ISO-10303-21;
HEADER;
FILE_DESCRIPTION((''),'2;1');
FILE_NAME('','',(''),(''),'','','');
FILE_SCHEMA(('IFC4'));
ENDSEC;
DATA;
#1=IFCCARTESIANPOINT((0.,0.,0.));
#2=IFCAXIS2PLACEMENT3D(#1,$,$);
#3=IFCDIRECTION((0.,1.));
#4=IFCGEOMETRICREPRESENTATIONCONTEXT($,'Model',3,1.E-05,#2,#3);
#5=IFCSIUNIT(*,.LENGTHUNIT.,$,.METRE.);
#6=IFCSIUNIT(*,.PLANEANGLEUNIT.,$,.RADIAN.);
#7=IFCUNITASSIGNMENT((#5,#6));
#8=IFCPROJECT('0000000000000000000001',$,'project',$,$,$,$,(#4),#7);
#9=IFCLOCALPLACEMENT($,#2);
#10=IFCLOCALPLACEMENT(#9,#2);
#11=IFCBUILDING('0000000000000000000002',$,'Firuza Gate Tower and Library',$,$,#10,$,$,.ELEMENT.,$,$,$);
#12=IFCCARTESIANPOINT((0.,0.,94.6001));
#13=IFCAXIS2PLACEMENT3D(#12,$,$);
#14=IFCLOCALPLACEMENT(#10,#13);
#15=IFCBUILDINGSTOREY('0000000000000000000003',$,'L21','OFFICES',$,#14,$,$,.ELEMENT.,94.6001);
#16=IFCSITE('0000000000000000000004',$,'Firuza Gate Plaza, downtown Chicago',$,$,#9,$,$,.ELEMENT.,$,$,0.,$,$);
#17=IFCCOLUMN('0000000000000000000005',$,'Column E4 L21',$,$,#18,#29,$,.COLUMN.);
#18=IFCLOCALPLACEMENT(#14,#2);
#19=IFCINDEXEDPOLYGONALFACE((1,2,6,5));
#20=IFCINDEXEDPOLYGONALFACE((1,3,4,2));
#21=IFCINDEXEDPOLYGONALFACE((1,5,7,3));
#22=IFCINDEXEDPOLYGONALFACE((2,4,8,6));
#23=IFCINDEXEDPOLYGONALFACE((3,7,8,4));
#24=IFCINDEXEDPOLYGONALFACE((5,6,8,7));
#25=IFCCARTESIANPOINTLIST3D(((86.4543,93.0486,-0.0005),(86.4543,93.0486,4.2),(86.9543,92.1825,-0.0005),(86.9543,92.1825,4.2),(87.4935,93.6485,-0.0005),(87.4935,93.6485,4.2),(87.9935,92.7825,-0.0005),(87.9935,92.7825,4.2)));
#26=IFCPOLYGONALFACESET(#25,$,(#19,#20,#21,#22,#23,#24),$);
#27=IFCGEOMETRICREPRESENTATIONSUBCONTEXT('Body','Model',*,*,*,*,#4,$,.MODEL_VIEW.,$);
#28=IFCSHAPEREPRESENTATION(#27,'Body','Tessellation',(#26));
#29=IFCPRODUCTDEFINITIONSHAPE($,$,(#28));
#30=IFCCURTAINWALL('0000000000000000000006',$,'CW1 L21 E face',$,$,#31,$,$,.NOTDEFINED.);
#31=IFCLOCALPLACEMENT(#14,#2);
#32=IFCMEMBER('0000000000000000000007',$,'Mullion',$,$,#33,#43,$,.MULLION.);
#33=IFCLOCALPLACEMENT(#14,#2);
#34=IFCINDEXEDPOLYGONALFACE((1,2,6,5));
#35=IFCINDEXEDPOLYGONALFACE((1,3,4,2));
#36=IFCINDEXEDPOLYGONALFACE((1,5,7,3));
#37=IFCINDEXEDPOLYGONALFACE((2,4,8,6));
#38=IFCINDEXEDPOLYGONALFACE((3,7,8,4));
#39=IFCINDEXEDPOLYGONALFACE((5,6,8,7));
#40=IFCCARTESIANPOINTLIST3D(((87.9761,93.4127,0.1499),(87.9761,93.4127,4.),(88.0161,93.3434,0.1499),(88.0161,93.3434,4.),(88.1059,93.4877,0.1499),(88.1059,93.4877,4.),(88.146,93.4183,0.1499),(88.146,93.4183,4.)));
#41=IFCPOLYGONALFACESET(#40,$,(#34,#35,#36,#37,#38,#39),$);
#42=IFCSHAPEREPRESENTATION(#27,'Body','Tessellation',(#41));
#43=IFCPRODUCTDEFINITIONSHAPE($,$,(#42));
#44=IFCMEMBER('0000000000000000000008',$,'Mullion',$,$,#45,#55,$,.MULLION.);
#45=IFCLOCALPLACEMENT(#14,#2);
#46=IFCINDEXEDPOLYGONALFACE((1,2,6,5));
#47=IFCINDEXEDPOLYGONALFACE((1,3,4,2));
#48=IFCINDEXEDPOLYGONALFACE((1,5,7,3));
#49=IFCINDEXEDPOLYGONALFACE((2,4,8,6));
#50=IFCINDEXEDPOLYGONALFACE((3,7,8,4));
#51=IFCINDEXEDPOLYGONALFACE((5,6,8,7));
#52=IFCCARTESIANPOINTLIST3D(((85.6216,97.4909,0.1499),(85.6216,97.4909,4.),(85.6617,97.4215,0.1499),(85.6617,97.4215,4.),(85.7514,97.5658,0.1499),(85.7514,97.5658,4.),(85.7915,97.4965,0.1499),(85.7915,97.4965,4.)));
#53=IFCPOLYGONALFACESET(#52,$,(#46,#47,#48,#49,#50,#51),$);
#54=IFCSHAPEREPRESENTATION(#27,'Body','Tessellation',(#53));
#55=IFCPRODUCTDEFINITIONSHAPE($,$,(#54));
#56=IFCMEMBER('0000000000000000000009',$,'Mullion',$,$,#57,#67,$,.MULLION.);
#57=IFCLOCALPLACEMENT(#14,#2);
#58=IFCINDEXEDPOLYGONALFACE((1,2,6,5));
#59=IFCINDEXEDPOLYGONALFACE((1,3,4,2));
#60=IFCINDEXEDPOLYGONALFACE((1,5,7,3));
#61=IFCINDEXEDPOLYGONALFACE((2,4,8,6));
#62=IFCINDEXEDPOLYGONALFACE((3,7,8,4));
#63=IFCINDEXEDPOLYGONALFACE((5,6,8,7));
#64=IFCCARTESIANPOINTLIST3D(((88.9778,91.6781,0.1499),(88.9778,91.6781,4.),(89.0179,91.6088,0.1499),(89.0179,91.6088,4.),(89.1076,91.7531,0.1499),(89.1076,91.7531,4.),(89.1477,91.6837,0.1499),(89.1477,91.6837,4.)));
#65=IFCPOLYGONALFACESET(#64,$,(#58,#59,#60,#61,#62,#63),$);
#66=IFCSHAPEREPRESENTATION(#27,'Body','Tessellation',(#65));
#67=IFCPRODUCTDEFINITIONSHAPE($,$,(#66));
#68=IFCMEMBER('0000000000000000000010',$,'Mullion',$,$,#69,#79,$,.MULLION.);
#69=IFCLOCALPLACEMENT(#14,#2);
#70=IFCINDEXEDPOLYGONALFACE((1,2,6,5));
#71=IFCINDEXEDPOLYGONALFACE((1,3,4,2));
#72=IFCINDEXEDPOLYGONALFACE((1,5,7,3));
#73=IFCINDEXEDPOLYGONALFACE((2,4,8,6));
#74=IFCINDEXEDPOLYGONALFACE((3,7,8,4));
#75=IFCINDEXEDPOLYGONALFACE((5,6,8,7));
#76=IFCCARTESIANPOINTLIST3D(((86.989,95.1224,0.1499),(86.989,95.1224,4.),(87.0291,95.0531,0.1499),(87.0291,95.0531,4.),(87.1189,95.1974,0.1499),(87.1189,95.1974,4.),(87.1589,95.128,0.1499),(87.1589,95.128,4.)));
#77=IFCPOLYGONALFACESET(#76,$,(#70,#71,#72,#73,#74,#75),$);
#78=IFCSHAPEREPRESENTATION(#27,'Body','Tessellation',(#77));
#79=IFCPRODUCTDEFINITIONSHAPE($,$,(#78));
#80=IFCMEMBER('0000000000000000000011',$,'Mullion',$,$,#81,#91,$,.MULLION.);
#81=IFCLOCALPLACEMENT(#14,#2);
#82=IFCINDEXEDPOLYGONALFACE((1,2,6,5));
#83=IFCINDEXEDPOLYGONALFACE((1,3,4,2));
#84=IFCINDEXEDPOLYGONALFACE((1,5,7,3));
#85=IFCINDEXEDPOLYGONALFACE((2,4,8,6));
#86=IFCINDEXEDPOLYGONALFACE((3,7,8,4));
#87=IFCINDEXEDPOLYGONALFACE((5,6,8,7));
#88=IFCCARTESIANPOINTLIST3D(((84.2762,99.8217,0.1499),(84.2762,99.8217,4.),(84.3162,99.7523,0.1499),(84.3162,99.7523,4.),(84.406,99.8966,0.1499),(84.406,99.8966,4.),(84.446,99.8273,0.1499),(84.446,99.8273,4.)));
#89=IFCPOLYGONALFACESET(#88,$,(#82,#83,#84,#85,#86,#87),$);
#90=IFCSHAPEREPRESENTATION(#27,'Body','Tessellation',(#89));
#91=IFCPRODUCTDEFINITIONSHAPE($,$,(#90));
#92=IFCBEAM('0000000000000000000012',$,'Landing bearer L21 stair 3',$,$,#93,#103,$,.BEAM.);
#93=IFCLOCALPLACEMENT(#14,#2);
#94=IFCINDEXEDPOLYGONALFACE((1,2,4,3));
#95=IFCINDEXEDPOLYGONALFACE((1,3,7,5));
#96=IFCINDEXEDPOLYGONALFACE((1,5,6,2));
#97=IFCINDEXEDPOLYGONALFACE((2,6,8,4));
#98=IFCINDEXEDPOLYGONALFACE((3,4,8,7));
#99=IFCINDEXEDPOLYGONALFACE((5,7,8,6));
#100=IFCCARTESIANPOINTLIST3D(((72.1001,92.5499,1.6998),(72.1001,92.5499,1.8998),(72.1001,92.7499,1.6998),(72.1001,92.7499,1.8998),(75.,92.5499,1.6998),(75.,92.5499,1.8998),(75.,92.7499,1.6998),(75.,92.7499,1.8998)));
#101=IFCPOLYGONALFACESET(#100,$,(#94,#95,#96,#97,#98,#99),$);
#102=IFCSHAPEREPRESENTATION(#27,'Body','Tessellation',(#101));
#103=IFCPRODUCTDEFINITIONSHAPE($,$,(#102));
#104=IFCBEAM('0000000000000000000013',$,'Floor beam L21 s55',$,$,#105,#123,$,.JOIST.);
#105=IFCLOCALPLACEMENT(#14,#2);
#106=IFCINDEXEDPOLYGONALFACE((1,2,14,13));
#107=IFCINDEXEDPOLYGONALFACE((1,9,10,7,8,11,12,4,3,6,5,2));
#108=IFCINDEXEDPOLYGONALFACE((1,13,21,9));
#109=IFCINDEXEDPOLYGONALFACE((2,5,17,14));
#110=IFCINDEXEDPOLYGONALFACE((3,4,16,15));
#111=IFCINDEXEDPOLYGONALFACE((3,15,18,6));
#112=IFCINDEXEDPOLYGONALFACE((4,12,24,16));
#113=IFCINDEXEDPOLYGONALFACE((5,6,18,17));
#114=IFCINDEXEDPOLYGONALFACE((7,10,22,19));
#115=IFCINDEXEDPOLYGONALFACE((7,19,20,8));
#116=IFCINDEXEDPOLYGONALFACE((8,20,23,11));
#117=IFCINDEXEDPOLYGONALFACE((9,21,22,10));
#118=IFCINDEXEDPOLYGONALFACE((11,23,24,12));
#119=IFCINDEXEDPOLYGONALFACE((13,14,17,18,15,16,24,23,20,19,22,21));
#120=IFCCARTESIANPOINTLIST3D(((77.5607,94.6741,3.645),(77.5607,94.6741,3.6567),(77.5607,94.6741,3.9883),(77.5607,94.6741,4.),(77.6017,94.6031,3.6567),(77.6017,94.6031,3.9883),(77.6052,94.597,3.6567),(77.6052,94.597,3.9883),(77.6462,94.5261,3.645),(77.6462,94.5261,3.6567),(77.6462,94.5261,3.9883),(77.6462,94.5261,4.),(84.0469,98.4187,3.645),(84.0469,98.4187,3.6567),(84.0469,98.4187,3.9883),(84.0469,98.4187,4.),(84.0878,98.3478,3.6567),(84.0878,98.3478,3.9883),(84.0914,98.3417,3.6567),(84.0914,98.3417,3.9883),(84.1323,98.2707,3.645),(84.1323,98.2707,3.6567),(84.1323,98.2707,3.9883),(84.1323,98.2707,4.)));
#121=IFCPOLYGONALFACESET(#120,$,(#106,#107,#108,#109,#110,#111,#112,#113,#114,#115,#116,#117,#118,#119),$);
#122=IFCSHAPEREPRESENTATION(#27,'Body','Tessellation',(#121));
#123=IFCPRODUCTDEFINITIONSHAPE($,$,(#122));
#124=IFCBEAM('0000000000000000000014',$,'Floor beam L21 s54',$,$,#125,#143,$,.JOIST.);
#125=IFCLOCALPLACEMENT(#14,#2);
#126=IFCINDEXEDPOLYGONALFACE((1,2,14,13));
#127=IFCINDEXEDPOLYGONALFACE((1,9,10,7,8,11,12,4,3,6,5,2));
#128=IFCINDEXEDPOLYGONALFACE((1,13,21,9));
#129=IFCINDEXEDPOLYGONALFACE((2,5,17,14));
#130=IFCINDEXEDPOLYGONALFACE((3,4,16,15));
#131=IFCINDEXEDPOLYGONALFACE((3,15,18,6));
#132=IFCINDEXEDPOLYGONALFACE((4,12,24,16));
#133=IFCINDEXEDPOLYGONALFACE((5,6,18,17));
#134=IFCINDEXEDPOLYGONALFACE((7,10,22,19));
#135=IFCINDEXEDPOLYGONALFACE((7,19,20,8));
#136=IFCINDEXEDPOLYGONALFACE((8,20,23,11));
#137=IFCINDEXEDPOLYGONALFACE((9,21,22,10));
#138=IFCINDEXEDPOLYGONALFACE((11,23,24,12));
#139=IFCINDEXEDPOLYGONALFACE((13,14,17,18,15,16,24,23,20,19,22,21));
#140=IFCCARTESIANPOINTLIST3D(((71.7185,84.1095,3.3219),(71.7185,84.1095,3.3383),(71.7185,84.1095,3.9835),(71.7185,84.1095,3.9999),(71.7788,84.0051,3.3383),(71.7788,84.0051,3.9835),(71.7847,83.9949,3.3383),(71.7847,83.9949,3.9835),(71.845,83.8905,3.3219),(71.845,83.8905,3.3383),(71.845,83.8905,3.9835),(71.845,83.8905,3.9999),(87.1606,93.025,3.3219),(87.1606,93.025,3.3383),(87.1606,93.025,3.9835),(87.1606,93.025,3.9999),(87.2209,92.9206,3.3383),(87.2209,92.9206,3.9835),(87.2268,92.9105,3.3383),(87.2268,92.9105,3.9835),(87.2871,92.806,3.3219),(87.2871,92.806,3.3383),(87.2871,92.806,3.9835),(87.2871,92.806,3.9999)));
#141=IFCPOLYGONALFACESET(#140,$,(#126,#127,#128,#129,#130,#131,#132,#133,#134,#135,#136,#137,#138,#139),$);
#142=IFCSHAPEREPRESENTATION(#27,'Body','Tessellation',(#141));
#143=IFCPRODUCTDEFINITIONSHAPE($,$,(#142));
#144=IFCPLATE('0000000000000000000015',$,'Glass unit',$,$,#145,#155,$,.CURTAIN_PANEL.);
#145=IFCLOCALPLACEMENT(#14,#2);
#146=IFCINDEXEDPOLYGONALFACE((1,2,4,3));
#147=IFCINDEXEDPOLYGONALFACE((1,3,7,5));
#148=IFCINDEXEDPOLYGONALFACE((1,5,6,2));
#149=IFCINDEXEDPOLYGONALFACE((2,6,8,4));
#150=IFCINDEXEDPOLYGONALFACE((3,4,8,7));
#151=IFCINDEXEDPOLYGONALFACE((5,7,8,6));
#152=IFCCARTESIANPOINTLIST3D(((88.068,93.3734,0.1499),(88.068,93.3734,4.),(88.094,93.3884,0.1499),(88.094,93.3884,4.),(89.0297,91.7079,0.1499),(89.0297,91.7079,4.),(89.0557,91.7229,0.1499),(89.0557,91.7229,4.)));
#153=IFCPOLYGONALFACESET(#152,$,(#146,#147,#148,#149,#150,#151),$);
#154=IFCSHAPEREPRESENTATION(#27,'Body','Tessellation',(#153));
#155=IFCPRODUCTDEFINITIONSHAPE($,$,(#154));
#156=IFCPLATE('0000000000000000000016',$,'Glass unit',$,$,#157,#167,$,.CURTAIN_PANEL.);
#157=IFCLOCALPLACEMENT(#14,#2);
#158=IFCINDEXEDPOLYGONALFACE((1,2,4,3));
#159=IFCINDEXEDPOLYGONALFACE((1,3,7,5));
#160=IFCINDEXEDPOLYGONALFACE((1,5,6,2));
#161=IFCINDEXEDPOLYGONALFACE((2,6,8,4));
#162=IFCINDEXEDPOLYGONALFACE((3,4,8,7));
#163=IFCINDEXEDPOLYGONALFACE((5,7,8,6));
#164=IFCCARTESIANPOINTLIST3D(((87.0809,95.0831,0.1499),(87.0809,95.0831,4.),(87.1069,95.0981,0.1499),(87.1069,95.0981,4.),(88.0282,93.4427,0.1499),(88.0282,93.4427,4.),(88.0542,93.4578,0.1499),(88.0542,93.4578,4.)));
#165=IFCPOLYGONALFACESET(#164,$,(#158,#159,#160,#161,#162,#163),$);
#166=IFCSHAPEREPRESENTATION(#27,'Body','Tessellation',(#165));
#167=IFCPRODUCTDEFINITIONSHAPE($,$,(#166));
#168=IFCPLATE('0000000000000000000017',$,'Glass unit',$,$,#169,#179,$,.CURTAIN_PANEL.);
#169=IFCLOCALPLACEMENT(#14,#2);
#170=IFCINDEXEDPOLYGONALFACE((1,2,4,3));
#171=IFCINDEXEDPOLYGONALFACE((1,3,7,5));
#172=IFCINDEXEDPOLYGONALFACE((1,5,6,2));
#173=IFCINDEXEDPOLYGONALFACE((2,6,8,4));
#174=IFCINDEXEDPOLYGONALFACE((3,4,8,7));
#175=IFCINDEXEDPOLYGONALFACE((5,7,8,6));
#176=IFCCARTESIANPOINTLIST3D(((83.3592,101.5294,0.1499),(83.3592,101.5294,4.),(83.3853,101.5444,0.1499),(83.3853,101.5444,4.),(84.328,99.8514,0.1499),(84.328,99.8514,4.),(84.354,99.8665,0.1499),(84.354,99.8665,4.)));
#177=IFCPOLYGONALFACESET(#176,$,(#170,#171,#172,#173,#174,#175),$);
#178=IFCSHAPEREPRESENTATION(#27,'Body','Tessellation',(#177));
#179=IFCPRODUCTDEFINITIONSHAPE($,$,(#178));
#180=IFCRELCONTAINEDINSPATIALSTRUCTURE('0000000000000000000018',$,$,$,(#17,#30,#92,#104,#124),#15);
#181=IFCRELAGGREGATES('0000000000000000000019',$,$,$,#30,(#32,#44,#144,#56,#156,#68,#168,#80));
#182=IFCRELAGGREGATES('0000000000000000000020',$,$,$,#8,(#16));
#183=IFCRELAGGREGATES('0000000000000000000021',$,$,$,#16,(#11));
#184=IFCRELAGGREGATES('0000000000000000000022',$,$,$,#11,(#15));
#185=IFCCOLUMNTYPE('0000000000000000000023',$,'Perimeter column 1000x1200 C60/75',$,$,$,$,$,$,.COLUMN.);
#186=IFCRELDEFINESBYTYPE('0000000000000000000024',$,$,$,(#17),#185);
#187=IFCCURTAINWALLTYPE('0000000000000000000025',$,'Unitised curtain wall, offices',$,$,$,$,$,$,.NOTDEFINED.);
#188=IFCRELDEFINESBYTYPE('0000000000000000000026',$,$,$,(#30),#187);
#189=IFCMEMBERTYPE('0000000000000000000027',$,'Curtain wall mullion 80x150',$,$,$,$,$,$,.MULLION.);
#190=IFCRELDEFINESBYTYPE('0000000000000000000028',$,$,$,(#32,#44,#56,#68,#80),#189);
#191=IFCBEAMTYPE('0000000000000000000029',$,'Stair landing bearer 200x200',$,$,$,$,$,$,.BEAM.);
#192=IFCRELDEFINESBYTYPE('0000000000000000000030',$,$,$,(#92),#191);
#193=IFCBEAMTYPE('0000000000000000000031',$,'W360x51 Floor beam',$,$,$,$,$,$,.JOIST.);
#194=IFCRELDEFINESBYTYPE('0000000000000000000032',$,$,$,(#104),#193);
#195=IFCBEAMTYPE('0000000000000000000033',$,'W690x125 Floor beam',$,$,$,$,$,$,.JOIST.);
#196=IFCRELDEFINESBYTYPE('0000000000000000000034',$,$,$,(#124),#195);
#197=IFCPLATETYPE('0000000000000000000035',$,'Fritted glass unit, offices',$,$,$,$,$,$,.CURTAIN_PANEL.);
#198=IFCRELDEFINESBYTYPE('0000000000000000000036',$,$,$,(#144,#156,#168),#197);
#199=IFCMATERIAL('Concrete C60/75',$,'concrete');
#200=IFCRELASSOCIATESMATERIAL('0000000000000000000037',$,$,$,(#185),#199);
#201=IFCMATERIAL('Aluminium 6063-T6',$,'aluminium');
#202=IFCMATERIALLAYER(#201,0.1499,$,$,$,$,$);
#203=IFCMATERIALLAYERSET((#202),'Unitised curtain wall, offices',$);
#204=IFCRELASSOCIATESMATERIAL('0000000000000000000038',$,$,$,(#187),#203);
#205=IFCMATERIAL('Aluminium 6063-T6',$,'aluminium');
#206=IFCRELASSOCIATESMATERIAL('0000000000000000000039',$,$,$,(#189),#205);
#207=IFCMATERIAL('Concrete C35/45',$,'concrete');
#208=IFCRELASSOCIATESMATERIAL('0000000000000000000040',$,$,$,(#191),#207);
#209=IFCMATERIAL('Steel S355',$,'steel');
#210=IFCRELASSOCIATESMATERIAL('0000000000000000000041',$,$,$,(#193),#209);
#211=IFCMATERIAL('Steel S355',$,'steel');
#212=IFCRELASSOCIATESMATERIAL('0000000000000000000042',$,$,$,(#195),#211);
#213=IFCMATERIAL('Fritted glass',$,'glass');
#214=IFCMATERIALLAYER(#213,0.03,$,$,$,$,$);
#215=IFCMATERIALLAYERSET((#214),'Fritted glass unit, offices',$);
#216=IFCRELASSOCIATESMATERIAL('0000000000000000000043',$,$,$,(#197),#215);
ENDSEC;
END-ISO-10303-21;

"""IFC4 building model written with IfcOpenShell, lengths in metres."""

from ifc_helpers import new_model, si_unit, direction, frame, origin, origin_2d, place, context, subcontext, project, spatial, polyline, rectangle, i_section, outline, extrude, material, layer, layer_set, material_profile, profile_set, type_object, element, aggregate, save


model = new_model("IFC4")

# Units and contexts
model_context = context("Model", 3, precision=1e-05, world=origin(), true_north=direction((0.0, 1.0)))
body_context = subcontext(model_context, "Body", "Model", "MODEL_VIEW")
ifc_project = project(units=[si_unit("LENGTHUNIT", "METRE"), si_unit("PLANEANGLEUNIT", "RADIAN")], contexts=[model_context])

# Site, building, storey
site_placement = place(None, origin())
site = spatial("IfcSite", under=ifc_project, at=site_placement, Name="Firuza Gate Plaza, downtown Chicago", CompositionType="ELEMENT", RefElevation=0.0)
building_placement = place(site_placement, origin())
building = spatial("IfcBuilding", under=site, at=building_placement, Name="Firuza Gate Tower and Library", CompositionType="ELEMENT")
storey_placement = place(building_placement, frame((0.0, 0.0, 94.6001)))
storey = spatial("IfcBuildingStorey", under=building, at=storey_placement, Name="L21", Description="OFFICES", CompositionType="ELEMENT", Elevation=94.6001)

# Column
ifc_material_1 = material(Name="Concrete C60/75", Category="concrete")
ifc_material_profile_1 = material_profile(ifc_material_1, rectangle(XDim=1.0, YDim=1.2, at=origin_2d()))
ifc_profile_set_1 = profile_set([ifc_material_profile_1], Name="Concrete C60/75")
column_type = type_object("IfcColumnType", Name="Perimeter column 1000x1200 C60/75", PredefinedType="COLUMN", material=ifc_profile_set_1)
column_placement = place(storey_placement, frame((87.2239, 92.9155, -0.0005), z_axis=(0.0, 0.0, 1.0), x_axis=(-0.5, 0.866025, 0.0)))
element("IfcColumn", 1, at=column_placement, inside=storey, type_object=column_type, Name="Column E4 L21", PredefinedType="COLUMN", context=body_context, shape_type="SweptSolid", body=[
    extrude(rectangle(XDim=1.0, YDim=1.2, at=origin_2d()), origin(), (0.0, 0.0, 1.0), 4.2004),
])

# Curtain wall, members
ifc_material_2 = material(Name="Aluminium 6063-T6", Category="aluminium")
ifc_layer_1 = layer(ifc_material_2, 0.1499)
ifc_layer_set_1 = layer_set([ifc_layer_1], Name="Unitised curtain wall, offices")
curtain_wall_type = type_object("IfcCurtainWallType", Name="Unitised curtain wall, offices", PredefinedType="NOTDEFINED", material=ifc_layer_set_1)
placement = place(storey_placement, origin())
curtain_wall = element("IfcCurtainWall", 2, at=placement, inside=storey, type_object=curtain_wall_type, Name="CW1 L21 E face", PredefinedType="NOTDEFINED")
ifc_material_3 = material(Name="Aluminium 6063-T6", Category="aluminium")
ifc_material_profile_2 = material_profile(ifc_material_3, rectangle(XDim=0.1499, YDim=0.0801, at=origin_2d()))
ifc_profile_set_2 = profile_set([ifc_material_profile_2], Name="Aluminium 6063-T6")
member_type = type_object("IfcMemberType", Name="Curtain wall mullion 80x150", PredefinedType="MULLION", material=ifc_profile_set_2)
member_1_placement = place(storey_placement, frame((88.061, 93.4155, 0.1499), z_axis=(0.0, 0.0, 1.0), x_axis=(-0.866025, -0.5, 0.0)))
member_1 = element("IfcMember", 3, at=member_1_placement, type_object=member_type, Name="Mullion", PredefinedType="MULLION", context=body_context, shape_type="SweptSolid", body=[
    extrude(rectangle(XDim=0.1499, YDim=0.0801, at=origin_2d()), origin(), (0.0, 0.0, 1.0), 3.8501),
])
member_2_placement = place(storey_placement, frame((85.7065, 97.4937, 0.1499), z_axis=(0.0, 0.0, 1.0), x_axis=(-0.866025, -0.5, 0.0)))
member_2 = element("IfcMember", 4, at=member_2_placement, type_object=member_type, Name="Mullion", PredefinedType="MULLION", context=body_context, shape_type="SweptSolid", body=[
    extrude(rectangle(XDim=0.1499, YDim=0.0801, at=origin_2d()), origin(), (0.0, 0.0, 1.0), 3.8501),
])
member_3_placement = place(storey_placement, frame((89.0627, 91.6809, 0.1499), z_axis=(0.0, 0.0, 1.0), x_axis=(-0.866025, -0.5, 0.0)))
member_3 = element("IfcMember", 5, at=member_3_placement, type_object=member_type, Name="Mullion", PredefinedType="MULLION", context=body_context, shape_type="SweptSolid", body=[
    extrude(rectangle(XDim=0.1499, YDim=0.0801, at=origin_2d()), origin(), (0.0, 0.0, 1.0), 3.8501),
])
member_4_placement = place(storey_placement, frame((87.074, 95.1252, 0.1499), z_axis=(0.0, 0.0, 1.0), x_axis=(-0.866025, -0.5, 0.0)))
member_4 = element("IfcMember", 6, at=member_4_placement, type_object=member_type, Name="Mullion", PredefinedType="MULLION", context=body_context, shape_type="SweptSolid", body=[
    extrude(rectangle(XDim=0.1499, YDim=0.0801, at=origin_2d()), origin(), (0.0, 0.0, 1.0), 3.8501),
])
member_5_placement = place(storey_placement, frame((84.3611, 99.8245, 0.1499), z_axis=(0.0, 0.0, 1.0), x_axis=(-0.866025, -0.5, 0.0)))
member_5 = element("IfcMember", 7, at=member_5_placement, type_object=member_type, Name="Mullion", PredefinedType="MULLION", context=body_context, shape_type="SweptSolid", body=[
    extrude(rectangle(XDim=0.1499, YDim=0.0801, at=origin_2d()), origin(), (0.0, 0.0, 1.0), 3.8501),
])

# Beams
ifc_material_4 = material(Name="Concrete C35/45", Category="concrete")
ifc_material_profile_3 = material_profile(ifc_material_4, rectangle(XDim=0.2, YDim=0.2, at=origin_2d()))
ifc_profile_set_3 = profile_set([ifc_material_profile_3], Name="Concrete C35/45")
beam_type_1 = type_object("IfcBeamType", Name="Stair landing bearer 200x200", PredefinedType="BEAM", material=ifc_profile_set_3)
beam_1_placement = place(storey_placement, frame((75.0, 92.6499, 1.7998), z_axis=(-1.0, 0.0, 0.0), x_axis=(0.0, -1.0, 0.0)))
element("IfcBeam", 8, at=beam_1_placement, inside=storey, type_object=beam_type_1, Name="Landing bearer L21 stair 3", PredefinedType="BEAM", context=body_context, shape_type="SweptSolid", body=[
    extrude(rectangle(XDim=0.2, YDim=0.2, at=origin_2d()), origin(), (0.0, 0.0, 1.0), 2.8999),
])
ifc_material_5 = material(Name="Steel S355", Category="steel")
ifc_material_profile_4 = material_profile(ifc_material_5, i_section(OverallWidth=0.1709, OverallDepth=0.355, WebThickness=0.0071, FlangeThickness=0.0117, at=origin_2d()))
ifc_profile_set_4 = profile_set([ifc_material_profile_4], Name="Steel S355")
beam_type_2 = type_object("IfcBeamType", Name="W360x51 Floor beam", PredefinedType="JOIST", material=ifc_profile_set_4)
beam_2_placement = place(storey_placement, frame((84.0896, 98.3447, 3.8225), z_axis=(-0.866032, -0.499989, 0.0), x_axis=(0.499989, -0.866032, 0.0)))
element("IfcBeam", 9, at=beam_2_placement, inside=storey, type_object=beam_type_2, Name="Floor beam L21 s55", PredefinedType="JOIST", context=body_context, shape_type="SweptSolid", body=[
    extrude(i_section(OverallWidth=0.1709, OverallDepth=0.355, WebThickness=0.0071, FlangeThickness=0.0117, at=origin_2d()), origin(), (0.0, 0.0, 1.0), 7.4895),
])
ifc_material_6 = material(Name="Steel S355", Category="steel")
ifc_material_profile_5 = material_profile(ifc_material_6, i_section(OverallWidth=0.2529, OverallDepth=0.678, WebThickness=0.0117, FlangeThickness=0.0164, at=origin_2d()))
ifc_profile_set_5 = profile_set([ifc_material_profile_5], Name="Steel S355")
beam_type_3 = type_object("IfcBeamType", Name="W690x125 Floor beam", PredefinedType="JOIST", material=ifc_profile_set_5)
beam_3_placement = place(storey_placement, frame((87.2239, 92.9155, 3.6609), z_axis=(-0.866025, -0.5, 0.0), x_axis=(0.5, -0.866025, 0.0)))
element("IfcBeam", 10, at=beam_3_placement, inside=storey, type_object=beam_type_3, Name="Floor beam L21 s54", PredefinedType="JOIST", context=body_context, shape_type="SweptSolid", body=[
    extrude(i_section(OverallWidth=0.2529, OverallDepth=0.678, WebThickness=0.0117, FlangeThickness=0.0164, at=origin_2d()), origin(), (0.0, 0.0, 1.0), 17.8311),
])

# Plates
ifc_material_7 = material(Name="Fritted glass", Category="glass")
ifc_layer_2 = layer(ifc_material_7, 0.03)
ifc_layer_set_2 = layer_set([ifc_layer_2], Name="Fritted glass unit, offices")
plate_type_1 = type_object("IfcPlateType", Name="Fritted glass unit, offices", PredefinedType="CURTAIN_PANEL", material=ifc_layer_set_2)
plate_1_placement = place(storey_placement, frame((89.0557, 91.7229, 0.1499), z_axis=(0.866008, 0.50003, 0.0), x_axis=(-0.50003, 0.866008, 0.0)))
plate_1 = element("IfcPlate", 11, at=plate_1_placement, type_object=plate_type_1, Name="Glass unit", PredefinedType="CURTAIN_PANEL", context=body_context, shape_type="SweptSolid", body=[
    extrude(outline(polyline([(0.0, 0.0), (1.9232, 0.0), (1.9232, 3.8501), (0.0, 3.8501), (0.0, 0.0)])), origin(), (0.0, 0.0, -1.0), 0.03),
])
plate_2_placement = place(storey_placement, frame((88.0542, 93.4578, 0.1499), z_axis=(0.865982, 0.500076, 0.0), x_axis=(-0.500076, 0.865982, 0.0)))
plate_2 = element("IfcPlate", 12, at=plate_2_placement, type_object=plate_type_1, Name="Glass unit", PredefinedType="CURTAIN_PANEL", context=body_context, shape_type="SweptSolid", body=[
    extrude(outline(polyline([(0.0, 0.0), (1.8942, 0.0), (1.8942, 3.8501), (0.0, 3.8501), (0.0, 0.0)])), origin(), (0.0, 0.0, -1.0), 0.03),
])
plate_3_placement = place(storey_placement, frame((84.354, 99.8665, 0.1499), z_axis=(0.866032, 0.499988, 0.0), x_axis=(-0.499988, 0.866032, 0.0)))
plate_3 = element("IfcPlate", 13, at=plate_3_placement, type_object=plate_type_1, Name="Glass unit", PredefinedType="CURTAIN_PANEL", context=body_context, shape_type="SweptSolid", body=[
    extrude(outline(polyline([(0.0, 0.0), (1.9375, 0.0), (1.9375, 3.8501), (0.0, 3.8501), (0.0, 0.0)])), origin(), (0.0, 0.0, -1.0), 0.03),
])
aggregate(curtain_wall, [member_1, member_2, plate_1, member_3, plate_2, member_4, plate_3, member_5])

save(model, "model.ifc")
